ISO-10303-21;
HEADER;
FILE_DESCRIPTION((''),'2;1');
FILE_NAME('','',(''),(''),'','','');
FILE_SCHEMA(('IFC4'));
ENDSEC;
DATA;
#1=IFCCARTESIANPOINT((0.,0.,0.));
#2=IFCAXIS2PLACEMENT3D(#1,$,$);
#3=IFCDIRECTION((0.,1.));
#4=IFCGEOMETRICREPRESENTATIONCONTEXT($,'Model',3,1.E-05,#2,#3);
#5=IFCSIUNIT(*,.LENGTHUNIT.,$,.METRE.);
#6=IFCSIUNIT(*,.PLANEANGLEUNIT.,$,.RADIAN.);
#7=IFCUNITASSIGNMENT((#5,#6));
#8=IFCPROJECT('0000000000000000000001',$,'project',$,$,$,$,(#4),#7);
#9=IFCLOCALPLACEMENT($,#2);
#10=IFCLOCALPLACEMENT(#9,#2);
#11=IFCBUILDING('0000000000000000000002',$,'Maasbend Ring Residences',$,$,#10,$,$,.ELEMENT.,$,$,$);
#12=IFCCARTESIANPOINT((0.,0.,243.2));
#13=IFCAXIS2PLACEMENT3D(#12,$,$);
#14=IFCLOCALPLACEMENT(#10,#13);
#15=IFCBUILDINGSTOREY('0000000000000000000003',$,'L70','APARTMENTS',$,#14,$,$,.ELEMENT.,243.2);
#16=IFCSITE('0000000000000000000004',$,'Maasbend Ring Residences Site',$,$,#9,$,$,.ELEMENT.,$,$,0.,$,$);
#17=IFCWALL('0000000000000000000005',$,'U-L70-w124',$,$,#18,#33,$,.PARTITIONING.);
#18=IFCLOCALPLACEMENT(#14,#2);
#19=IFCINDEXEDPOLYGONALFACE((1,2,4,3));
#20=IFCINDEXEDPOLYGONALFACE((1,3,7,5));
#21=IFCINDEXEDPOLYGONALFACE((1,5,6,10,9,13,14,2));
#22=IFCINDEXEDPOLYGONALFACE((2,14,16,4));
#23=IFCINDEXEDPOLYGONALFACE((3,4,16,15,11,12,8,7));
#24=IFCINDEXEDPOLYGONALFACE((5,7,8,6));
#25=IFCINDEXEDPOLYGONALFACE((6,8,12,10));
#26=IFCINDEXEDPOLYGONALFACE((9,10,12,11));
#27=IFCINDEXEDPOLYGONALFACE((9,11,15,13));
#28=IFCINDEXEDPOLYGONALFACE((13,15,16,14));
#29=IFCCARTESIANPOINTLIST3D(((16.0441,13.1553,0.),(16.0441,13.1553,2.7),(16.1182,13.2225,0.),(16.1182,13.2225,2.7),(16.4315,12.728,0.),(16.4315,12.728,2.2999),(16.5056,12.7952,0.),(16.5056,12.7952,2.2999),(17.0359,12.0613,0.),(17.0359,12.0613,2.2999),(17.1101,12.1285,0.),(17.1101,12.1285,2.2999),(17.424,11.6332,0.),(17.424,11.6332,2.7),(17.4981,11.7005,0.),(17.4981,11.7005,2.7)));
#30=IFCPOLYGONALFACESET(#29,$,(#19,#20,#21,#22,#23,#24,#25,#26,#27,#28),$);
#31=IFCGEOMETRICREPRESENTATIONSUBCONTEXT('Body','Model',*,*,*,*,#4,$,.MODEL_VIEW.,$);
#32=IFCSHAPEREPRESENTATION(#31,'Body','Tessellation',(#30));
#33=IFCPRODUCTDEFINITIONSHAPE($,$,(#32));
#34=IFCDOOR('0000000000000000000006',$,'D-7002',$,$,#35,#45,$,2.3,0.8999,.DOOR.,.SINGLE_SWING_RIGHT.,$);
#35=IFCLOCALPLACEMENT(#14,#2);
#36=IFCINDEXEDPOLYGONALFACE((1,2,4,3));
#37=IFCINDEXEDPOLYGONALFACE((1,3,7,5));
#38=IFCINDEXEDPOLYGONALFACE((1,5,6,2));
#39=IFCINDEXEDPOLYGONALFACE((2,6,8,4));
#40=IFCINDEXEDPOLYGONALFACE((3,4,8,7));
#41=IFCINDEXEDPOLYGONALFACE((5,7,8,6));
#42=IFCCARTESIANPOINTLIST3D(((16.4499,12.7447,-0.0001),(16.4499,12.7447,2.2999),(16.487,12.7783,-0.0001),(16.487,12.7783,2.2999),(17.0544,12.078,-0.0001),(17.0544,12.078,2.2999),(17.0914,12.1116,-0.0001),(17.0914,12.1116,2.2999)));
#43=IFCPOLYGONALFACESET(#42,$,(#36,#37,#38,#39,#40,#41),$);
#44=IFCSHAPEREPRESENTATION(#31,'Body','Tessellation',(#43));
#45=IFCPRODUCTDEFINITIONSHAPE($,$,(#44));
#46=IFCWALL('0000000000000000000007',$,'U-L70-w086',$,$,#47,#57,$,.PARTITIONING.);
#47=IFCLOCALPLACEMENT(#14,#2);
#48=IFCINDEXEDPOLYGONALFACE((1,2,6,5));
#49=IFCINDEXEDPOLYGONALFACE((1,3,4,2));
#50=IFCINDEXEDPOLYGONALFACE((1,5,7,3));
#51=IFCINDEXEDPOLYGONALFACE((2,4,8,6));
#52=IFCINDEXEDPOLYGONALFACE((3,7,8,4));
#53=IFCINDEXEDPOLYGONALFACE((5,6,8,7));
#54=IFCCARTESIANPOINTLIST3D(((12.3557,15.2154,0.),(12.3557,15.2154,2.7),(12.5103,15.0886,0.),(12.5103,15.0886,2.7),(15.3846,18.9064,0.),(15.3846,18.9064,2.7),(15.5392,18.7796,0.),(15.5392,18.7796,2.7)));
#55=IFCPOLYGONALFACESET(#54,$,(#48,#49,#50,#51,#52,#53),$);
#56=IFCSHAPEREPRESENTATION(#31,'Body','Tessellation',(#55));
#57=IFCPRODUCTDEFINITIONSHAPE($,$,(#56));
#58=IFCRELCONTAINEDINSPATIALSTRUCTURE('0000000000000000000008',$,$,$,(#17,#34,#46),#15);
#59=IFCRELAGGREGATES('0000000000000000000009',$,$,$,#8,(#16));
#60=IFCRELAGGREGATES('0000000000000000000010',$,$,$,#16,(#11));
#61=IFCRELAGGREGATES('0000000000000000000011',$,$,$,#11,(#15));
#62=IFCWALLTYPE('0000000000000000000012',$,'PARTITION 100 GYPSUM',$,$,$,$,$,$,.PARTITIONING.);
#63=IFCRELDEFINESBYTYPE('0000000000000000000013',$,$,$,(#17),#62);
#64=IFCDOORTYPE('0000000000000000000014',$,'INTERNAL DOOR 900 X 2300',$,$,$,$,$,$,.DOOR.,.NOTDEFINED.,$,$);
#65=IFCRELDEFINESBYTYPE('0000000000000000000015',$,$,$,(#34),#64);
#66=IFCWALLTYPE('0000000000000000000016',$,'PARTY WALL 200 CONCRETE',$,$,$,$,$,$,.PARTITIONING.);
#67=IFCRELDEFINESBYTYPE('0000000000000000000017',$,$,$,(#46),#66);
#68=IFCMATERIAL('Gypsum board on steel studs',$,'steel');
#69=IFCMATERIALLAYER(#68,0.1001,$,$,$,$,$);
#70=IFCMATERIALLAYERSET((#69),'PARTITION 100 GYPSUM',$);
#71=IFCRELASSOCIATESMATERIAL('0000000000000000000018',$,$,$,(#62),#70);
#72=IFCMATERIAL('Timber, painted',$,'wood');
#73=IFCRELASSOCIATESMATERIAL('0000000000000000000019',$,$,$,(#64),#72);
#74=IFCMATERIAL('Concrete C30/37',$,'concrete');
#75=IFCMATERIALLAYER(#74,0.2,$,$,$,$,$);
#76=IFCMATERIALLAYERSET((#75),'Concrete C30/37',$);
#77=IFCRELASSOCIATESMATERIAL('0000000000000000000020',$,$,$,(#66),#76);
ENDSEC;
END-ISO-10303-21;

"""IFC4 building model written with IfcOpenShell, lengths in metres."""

from ifc_helpers import new_model, si_unit, direction, frame, frame_2d, origin, place, context, subcontext, project, spatial, rectangle, extrude, material, layer, layer_set, type_object, element, fill, save


model = new_model("IFC4")

# Units and contexts
model_context = context("Model", 3, precision=1e-05, world=origin(), true_north=direction((0.0, 1.0)))
body_context = subcontext(model_context, "Body", "Model", "MODEL_VIEW")
ifc_project = project(units=[si_unit("LENGTHUNIT", "METRE"), si_unit("PLANEANGLEUNIT", "RADIAN")], contexts=[model_context])

# Site, building, storey
site_placement = place(None, origin())
site = spatial("IfcSite", under=ifc_project, at=site_placement, Name="Maasbend Ring Residences Site", CompositionType="ELEMENT", RefElevation=0.0)
building_placement = place(site_placement, origin())
building = spatial("IfcBuilding", under=site, at=building_placement, Name="Maasbend Ring Residences", CompositionType="ELEMENT")
storey_placement = place(building_placement, frame((0.0, 0.0, 243.2)))
storey = spatial("IfcBuildingStorey", under=building, at=storey_placement, Name="L70", Description="APARTMENTS", CompositionType="ELEMENT", Elevation=243.2)

# Shared definitions
ifc_material_1 = material(Name="Gypsum board on steel studs", Category="steel")
ifc_layer_1 = layer(ifc_material_1, 0.1001)
ifc_layer_set_1 = layer_set([ifc_layer_1], Name="PARTITION 100 GYPSUM")
wall_type_1 = type_object("IfcWallType", Name="PARTITION 100 GYPSUM", PredefinedType="PARTITIONING", material=ifc_layer_set_1)
ifc_material_2 = material(Name="Timber, painted", Category="wood")
door_type_1 = type_object("IfcDoorType", Name="INTERNAL DOOR 900 X 2300", OperationType="NOTDEFINED", PredefinedType="DOOR", material=ifc_material_2)

# Wall, opening, door
wall_1_placement = place(storey_placement, frame((16.0811, 13.189, 0.0), z_axis=(0.0, 0.0, 1.0), x_axis=(0.671678, -0.740843, 0.0)))
wall_1 = element("IfcWall", 1, at=wall_1_placement, inside=storey, type_object=wall_type_1, Name="U-L70-w124", PredefinedType="PARTITIONING", context=body_context, shape_type="SweptSolid", body=[
    extrude(rectangle(XDim=2.0544, YDim=0.1001, at=frame_2d((1.0273, 0.0))), origin(), (0.0, 0.0, 1.0), 2.7),
])
opening_1_placement = place(wall_1_placement, frame((0.5769, 0.0, 0.0)))
opening_1 = element("IfcOpeningElement", 2, at=opening_1_placement, cuts=wall_1, PredefinedType="OPENING", context=body_context, shape_type="SweptSolid", body=[
    extrude(rectangle(XDim=0.8999, YDim=2.3, at=frame_2d((0.45, 1.1499))), frame((0.0, 0.0601, 0.0), z_axis=(0.0, -1.0, 0.0), x_axis=(1.0, 0.0, 0.0)), (0.0, 0.0, 1.0), 0.1201),
])
door_1_placement = place(opening_1_placement, origin())
door_1 = element("IfcDoor", 3, at=door_1_placement, inside=storey, type_object=door_type_1, Name="D-7002", OperationType="SINGLE_SWING_RIGHT", OverallHeight=2.3, OverallWidth=0.8999, PredefinedType="DOOR", context=body_context, shape_type="SweptSolid", body=[
    extrude(rectangle(XDim=0.8999, YDim=2.3, at=frame_2d((0.45, 1.1499))), frame((0.0, 0.0249, 0.0), z_axis=(0.0, -1.0, 0.0), x_axis=(1.0, 0.0, 0.0)), (0.0, 0.0, 1.0), 0.05),
])
fill(opening_1, door_1)

# Wall
ifc_material_3 = material(Name="Concrete C30/37", Category="concrete")
ifc_layer_2 = layer(ifc_material_3, 0.2)
ifc_layer_set_2 = layer_set([ifc_layer_2], Name="Concrete C30/37")
wall_type_2 = type_object("IfcWallType", Name="PARTY WALL 200 CONCRETE", PredefinedType="PARTITIONING", material=ifc_layer_set_2)
wall_2_placement = place(storey_placement, frame((12.4331, 15.1521, 0.0), z_axis=(0.0, 0.0, 1.0), x_axis=(0.634362, 0.773036, 0.0)))
element("IfcWall", 4, at=wall_2_placement, inside=storey, type_object=wall_type_2, Name="U-L70-w086", PredefinedType="PARTITIONING", context=body_context, shape_type="SweptSolid", body=[
    extrude(rectangle(XDim=4.7747, YDim=0.2, at=frame_2d((2.3872, 0.0))), origin(), (0.0, 0.0, 1.0), 2.7),
])

save(model, "model.ifc")
